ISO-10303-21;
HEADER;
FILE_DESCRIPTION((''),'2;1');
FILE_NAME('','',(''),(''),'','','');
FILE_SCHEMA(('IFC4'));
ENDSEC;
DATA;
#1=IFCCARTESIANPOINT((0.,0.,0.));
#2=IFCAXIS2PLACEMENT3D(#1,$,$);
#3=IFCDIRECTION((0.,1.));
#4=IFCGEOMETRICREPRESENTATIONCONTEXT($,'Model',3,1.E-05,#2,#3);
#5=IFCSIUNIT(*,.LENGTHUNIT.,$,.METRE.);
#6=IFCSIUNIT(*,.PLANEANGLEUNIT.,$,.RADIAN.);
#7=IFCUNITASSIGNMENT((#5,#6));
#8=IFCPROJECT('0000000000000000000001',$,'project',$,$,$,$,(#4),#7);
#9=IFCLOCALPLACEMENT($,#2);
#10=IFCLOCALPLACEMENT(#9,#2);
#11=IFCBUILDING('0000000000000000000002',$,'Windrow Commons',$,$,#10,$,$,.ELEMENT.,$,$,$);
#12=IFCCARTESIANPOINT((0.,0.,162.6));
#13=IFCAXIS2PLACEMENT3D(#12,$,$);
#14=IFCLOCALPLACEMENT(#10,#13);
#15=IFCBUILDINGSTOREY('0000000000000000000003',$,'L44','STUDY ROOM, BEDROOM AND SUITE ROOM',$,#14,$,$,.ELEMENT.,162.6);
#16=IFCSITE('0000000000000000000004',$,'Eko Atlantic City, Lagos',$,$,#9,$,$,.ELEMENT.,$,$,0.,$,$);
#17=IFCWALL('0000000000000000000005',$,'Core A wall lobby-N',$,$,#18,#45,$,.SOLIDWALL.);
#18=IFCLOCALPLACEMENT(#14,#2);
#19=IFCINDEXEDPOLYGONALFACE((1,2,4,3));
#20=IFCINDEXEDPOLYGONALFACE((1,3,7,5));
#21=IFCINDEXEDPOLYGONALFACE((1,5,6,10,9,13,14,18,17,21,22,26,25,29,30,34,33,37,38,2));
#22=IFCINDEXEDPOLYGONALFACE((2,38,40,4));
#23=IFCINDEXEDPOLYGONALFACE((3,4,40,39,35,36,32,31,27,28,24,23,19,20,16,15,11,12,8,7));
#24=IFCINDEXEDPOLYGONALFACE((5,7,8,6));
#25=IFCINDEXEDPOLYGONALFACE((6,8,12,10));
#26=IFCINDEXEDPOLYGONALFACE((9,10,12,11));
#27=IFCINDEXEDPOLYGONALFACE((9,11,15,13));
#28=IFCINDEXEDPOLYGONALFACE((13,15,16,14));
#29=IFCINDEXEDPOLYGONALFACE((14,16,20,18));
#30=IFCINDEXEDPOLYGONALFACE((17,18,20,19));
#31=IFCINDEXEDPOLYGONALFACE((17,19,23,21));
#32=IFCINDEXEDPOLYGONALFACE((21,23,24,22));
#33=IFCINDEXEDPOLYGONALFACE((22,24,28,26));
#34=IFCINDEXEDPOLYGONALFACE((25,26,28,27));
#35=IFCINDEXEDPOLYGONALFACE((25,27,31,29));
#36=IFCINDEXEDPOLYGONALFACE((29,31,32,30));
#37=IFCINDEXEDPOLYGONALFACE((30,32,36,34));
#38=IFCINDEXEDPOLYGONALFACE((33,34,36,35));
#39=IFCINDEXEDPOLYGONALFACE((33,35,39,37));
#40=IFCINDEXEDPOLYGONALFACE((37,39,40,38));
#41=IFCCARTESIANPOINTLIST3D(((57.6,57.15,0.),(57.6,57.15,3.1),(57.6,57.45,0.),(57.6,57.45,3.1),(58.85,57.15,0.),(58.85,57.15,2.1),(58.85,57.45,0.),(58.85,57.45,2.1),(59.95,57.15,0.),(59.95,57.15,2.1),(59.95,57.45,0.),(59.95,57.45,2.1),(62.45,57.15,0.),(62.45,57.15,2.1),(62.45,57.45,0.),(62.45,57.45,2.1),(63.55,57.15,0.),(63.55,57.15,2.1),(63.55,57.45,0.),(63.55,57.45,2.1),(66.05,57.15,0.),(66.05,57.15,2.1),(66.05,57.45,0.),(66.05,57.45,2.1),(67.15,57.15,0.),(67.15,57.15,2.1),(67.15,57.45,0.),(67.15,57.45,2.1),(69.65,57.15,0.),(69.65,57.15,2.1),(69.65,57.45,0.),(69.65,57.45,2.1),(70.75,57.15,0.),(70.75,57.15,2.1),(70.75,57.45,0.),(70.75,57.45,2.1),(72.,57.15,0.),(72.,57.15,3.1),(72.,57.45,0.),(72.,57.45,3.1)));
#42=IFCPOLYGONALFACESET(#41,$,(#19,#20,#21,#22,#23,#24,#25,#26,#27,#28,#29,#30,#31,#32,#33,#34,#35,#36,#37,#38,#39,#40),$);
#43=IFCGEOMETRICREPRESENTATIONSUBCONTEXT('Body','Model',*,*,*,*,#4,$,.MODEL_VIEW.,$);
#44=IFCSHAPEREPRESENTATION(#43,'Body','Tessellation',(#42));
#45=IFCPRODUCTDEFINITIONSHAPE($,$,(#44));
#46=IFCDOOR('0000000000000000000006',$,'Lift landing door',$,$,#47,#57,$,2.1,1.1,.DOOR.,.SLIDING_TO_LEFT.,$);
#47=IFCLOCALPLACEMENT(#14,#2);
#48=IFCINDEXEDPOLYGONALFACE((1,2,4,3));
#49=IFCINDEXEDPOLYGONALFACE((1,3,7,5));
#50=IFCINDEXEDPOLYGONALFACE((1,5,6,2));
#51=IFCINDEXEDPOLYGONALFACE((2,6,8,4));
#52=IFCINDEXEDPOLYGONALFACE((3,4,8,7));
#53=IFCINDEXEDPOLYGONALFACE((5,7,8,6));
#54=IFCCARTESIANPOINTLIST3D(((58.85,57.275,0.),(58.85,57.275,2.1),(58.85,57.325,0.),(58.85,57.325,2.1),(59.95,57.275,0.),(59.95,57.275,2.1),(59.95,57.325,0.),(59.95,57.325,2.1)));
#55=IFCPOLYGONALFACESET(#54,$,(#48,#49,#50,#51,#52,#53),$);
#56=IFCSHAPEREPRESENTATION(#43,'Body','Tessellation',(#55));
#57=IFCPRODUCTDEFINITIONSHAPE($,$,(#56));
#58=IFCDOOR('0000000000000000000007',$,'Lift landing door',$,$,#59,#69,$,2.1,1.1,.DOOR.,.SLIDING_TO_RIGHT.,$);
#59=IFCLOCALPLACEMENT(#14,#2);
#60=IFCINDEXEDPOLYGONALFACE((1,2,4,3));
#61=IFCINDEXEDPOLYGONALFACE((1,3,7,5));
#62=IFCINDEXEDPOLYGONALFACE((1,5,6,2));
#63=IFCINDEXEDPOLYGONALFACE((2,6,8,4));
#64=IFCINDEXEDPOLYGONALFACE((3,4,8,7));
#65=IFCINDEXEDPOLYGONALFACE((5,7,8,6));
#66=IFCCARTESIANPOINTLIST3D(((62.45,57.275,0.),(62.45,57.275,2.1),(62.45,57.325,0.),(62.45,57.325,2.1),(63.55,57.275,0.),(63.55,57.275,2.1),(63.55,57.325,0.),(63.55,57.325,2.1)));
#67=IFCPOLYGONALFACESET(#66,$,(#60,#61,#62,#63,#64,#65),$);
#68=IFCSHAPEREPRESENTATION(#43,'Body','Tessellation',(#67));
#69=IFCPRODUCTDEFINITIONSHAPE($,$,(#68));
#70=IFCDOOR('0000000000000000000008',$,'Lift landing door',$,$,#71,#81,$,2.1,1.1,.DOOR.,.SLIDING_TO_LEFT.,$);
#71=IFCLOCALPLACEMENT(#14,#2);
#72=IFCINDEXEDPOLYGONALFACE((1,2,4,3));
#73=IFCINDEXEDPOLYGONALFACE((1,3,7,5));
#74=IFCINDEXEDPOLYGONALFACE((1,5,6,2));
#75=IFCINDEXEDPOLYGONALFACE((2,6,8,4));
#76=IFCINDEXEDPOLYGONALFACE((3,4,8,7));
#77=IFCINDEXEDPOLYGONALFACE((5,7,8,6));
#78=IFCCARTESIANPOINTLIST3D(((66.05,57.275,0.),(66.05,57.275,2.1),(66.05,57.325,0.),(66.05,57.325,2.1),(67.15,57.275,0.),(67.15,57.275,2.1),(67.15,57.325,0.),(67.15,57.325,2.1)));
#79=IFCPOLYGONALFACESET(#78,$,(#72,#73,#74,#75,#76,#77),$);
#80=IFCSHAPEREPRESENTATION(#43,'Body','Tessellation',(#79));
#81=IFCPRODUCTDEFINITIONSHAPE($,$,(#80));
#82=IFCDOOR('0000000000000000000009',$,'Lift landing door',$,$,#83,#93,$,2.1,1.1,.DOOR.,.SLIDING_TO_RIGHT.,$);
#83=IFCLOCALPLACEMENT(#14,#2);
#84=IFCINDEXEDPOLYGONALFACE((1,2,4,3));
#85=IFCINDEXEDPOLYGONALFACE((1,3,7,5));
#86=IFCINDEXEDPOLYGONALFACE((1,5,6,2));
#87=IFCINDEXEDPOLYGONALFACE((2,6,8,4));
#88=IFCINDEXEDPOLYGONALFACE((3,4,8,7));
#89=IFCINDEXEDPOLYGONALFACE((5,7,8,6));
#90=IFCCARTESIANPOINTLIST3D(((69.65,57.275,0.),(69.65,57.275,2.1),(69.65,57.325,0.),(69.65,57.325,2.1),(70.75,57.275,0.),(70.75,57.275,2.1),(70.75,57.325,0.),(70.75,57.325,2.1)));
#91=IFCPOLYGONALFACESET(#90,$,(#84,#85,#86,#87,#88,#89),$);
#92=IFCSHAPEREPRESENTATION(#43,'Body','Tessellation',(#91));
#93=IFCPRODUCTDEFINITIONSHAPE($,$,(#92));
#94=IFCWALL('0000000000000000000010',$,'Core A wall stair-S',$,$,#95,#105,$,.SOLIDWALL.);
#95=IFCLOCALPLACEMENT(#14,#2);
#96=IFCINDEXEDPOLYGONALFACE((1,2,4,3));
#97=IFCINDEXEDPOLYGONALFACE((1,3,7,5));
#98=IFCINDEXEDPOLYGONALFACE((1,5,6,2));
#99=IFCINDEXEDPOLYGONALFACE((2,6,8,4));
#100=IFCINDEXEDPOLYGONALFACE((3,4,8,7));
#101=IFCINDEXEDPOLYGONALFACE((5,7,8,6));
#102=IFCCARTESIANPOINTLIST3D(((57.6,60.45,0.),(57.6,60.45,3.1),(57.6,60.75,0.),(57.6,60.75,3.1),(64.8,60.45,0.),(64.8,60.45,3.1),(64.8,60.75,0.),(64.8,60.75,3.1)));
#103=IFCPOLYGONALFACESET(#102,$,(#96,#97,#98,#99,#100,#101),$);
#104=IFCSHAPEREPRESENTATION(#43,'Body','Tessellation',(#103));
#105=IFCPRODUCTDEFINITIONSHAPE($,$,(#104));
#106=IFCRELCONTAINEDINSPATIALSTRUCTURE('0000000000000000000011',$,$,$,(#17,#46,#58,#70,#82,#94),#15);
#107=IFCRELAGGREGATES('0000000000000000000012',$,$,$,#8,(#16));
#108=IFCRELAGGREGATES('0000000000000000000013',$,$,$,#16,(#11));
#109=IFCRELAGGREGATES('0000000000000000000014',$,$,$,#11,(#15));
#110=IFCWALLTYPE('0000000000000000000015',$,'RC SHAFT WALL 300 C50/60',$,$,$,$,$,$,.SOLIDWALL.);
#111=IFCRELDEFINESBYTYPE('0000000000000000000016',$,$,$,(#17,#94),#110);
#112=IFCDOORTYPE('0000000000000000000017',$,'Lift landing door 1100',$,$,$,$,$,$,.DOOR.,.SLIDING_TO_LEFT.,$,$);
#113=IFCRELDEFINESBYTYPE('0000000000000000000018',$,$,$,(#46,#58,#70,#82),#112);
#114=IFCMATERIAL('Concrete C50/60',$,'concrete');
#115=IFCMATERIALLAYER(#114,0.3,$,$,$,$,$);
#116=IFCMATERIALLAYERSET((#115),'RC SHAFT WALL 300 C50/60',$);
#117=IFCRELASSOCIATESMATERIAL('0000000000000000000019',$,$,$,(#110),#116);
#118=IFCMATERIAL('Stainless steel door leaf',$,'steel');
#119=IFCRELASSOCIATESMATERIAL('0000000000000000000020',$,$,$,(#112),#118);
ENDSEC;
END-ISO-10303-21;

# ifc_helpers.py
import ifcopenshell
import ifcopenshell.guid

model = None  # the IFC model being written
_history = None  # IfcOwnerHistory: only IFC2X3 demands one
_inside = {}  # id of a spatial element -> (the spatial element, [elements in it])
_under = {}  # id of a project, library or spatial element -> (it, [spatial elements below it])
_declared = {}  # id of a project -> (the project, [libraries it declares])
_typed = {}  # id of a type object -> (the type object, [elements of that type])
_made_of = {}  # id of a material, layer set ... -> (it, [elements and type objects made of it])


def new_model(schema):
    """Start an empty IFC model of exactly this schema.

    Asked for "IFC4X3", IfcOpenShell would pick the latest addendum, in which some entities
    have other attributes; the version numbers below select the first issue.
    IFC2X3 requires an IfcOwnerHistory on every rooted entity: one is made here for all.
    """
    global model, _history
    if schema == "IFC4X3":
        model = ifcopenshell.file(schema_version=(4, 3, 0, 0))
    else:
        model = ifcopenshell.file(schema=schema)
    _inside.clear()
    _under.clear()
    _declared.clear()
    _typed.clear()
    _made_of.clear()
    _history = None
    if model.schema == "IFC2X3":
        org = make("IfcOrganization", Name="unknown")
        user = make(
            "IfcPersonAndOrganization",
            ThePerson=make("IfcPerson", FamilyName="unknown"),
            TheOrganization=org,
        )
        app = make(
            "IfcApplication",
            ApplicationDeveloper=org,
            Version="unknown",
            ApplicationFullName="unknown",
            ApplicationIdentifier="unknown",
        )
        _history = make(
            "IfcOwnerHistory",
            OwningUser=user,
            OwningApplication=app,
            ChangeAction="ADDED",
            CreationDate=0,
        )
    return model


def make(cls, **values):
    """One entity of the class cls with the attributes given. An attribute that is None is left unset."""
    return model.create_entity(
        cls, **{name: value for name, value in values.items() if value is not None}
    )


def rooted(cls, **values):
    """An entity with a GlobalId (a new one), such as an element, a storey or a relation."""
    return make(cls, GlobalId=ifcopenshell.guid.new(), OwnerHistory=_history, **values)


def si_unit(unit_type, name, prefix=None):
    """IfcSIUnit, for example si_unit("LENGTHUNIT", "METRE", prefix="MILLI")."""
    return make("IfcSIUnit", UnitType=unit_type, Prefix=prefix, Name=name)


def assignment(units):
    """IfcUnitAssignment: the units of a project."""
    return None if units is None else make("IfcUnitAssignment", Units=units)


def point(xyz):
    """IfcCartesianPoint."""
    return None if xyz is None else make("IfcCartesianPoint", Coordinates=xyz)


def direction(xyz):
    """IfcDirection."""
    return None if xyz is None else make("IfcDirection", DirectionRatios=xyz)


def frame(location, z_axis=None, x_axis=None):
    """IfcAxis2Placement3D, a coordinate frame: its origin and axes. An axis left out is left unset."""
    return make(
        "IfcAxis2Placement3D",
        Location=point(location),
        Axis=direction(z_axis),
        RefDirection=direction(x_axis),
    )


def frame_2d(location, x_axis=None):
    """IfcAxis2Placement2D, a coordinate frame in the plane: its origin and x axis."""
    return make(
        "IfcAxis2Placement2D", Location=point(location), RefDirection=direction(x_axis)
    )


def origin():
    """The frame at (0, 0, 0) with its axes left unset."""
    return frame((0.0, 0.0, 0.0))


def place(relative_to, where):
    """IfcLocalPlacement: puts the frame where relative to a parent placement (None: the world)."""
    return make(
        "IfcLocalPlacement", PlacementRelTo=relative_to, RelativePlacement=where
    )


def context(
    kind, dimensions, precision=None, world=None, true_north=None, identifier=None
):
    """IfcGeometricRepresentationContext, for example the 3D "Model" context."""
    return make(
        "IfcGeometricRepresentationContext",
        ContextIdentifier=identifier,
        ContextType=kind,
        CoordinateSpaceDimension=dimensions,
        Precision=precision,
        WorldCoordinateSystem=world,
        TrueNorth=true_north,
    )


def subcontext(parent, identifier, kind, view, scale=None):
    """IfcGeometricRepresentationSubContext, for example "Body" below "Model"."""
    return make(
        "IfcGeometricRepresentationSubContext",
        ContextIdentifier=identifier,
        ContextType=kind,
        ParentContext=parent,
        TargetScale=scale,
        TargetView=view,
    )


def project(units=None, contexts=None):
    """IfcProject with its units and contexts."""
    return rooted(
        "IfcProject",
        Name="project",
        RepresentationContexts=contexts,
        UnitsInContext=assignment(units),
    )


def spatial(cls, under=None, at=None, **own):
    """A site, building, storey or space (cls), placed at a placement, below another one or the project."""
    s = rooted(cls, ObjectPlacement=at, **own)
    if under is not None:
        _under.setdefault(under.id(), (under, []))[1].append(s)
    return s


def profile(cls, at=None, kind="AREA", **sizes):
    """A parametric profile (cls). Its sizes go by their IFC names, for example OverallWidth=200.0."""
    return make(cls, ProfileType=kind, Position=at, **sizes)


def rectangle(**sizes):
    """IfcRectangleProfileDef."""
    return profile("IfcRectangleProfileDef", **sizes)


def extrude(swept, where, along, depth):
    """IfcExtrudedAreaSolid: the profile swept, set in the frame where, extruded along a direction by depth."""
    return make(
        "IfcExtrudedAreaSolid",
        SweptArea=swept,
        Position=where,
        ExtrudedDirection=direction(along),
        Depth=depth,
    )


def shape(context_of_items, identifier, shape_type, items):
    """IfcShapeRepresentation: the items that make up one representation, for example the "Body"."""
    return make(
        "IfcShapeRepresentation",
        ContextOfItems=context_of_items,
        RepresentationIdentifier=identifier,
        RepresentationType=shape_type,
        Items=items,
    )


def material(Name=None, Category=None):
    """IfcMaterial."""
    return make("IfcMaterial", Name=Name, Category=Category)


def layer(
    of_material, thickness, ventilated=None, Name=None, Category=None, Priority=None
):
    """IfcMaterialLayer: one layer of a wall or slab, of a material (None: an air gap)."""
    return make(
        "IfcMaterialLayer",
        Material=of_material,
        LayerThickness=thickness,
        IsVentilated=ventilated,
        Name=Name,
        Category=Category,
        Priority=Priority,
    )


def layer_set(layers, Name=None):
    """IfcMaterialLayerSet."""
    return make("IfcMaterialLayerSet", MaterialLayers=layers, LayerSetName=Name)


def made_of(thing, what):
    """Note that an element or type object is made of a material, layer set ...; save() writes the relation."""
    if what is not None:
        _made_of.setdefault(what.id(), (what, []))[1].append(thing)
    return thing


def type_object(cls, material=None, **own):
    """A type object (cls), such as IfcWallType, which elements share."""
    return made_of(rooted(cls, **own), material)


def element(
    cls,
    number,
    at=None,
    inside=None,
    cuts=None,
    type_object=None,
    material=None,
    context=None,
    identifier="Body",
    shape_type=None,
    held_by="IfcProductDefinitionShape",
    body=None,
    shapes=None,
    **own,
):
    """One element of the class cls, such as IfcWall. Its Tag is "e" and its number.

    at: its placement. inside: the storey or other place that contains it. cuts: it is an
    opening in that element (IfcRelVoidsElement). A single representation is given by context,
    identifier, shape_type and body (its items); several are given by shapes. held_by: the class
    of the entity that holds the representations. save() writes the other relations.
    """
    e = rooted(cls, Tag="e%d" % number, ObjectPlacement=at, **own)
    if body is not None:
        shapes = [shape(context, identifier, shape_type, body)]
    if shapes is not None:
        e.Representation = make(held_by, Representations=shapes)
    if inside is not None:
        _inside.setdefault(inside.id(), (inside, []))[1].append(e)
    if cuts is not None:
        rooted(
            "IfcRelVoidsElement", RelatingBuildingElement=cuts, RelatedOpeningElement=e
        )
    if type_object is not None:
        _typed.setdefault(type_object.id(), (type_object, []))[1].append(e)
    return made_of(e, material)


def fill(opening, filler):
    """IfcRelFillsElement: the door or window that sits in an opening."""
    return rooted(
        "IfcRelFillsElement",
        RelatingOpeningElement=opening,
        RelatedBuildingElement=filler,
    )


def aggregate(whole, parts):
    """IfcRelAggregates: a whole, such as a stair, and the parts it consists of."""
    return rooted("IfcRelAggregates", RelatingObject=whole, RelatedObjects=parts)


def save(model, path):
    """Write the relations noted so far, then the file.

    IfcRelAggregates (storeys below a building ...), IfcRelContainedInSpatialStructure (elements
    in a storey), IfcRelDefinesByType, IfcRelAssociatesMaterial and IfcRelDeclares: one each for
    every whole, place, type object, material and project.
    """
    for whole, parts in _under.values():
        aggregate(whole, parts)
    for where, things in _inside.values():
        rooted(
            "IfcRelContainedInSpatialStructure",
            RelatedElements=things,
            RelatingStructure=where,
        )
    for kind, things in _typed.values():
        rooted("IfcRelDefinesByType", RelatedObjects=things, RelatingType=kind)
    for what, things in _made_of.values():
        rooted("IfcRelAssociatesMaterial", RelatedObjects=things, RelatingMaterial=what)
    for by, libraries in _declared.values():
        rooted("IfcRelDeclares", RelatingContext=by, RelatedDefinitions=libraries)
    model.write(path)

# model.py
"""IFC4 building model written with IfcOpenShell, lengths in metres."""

from ifc_helpers import new_model, si_unit, direction, frame, frame_2d, origin, place, context, subcontext, project, spatial, rectangle, extrude, material, layer, layer_set, type_object, element, fill, save


model = new_model("IFC4")

# Units and contexts
model_context = context("Model", 3, precision=1e-05, world=origin(), true_north=direction((0.0, 1.0)))
body_context = subcontext(model_context, "Body", "Model", "MODEL_VIEW")
ifc_project = project(units=[si_unit("LENGTHUNIT", "METRE"), si_unit("PLANEANGLEUNIT", "RADIAN")], contexts=[model_context])

# Site, building, storey
site_placement = place(None, origin())
site = spatial("IfcSite", under=ifc_project, at=site_placement, Name="Eko Atlantic City, Lagos", CompositionType="ELEMENT", RefElevation=0.0)
building_placement = place(site_placement, origin())
building = spatial("IfcBuilding", under=site, at=building_placement, Name="Windrow Commons", CompositionType="ELEMENT")
storey_placement = place(building_placement, frame((0.0, 0.0, 162.6)))
storey = spatial("IfcBuildingStorey", under=building, at=storey_placement, Name="L44", Description="STUDY ROOM, BEDROOM AND SUITE ROOM", CompositionType="ELEMENT", Elevation=162.6)

# Wall, openings, doors
ifc_material_1 = material(Name="Concrete C50/60", Category="concrete")
ifc_layer_1 = layer(ifc_material_1, 0.3)
ifc_layer_set_1 = layer_set([ifc_layer_1], Name="RC SHAFT WALL 300 C50/60")
wall_type_1 = type_object("IfcWallType", Name="RC SHAFT WALL 300 C50/60", PredefinedType="SOLIDWALL", material=ifc_layer_set_1)
ifc_material_2 = material(Name="Stainless steel door leaf", Category="steel")
door_type_1 = type_object("IfcDoorType", Name="Lift landing door 1100", OperationType="SLIDING_TO_LEFT", PredefinedType="DOOR", material=ifc_material_2)
wall_1_placement = place(storey_placement, frame((57.6, 57.3, 0.0), z_axis=(0.0, 0.0, 1.0), x_axis=(1.0, 0.0, 0.0)))
wall_1 = element("IfcWall", 1, at=wall_1_placement, inside=storey, type_object=wall_type_1, Name="Core A wall lobby-N", PredefinedType="SOLIDWALL", context=body_context, shape_type="SweptSolid", body=[
    extrude(rectangle(XDim=14.4, YDim=0.3, at=frame_2d((7.2, 0.0))), origin(), (0.0, 0.0, 1.0), 3.1),
])
opening_1_placement = place(wall_1_placement, frame((1.25, 0.0, 0.0)))
opening_1 = element("IfcOpeningElement", 2, at=opening_1_placement, cuts=wall_1, PredefinedType="OPENING", context=body_context, shape_type="SweptSolid", body=[
    extrude(rectangle(XDim=1.1, YDim=2.1, at=frame_2d((0.55, 1.05))), frame((0.0, 0.16, 0.0), z_axis=(0.0, -1.0, 0.0), x_axis=(1.0, 0.0, 0.0)), (0.0, 0.0, 1.0), 0.32),
])
opening_2_placement = place(wall_1_placement, frame((4.85, 0.0, 0.0)))
opening_2 = element("IfcOpeningElement", 3, at=opening_2_placement, cuts=wall_1, PredefinedType="OPENING", context=body_context, shape_type="SweptSolid", body=[
    extrude(rectangle(XDim=1.1, YDim=2.1, at=frame_2d((0.55, 1.05))), frame((0.0, 0.16, 0.0), z_axis=(0.0, -1.0, 0.0), x_axis=(1.0, 0.0, 0.0)), (0.0, 0.0, 1.0), 0.32),
])
opening_3_placement = place(wall_1_placement, frame((8.45, 0.0, 0.0)))
opening_3 = element("IfcOpeningElement", 4, at=opening_3_placement, cuts=wall_1, PredefinedType="OPENING", context=body_context, shape_type="SweptSolid", body=[
    extrude(rectangle(XDim=1.1, YDim=2.1, at=frame_2d((0.55, 1.05))), frame((0.0, 0.16, 0.0), z_axis=(0.0, -1.0, 0.0), x_axis=(1.0, 0.0, 0.0)), (0.0, 0.0, 1.0), 0.32),
])
opening_4_placement = place(wall_1_placement, frame((12.05, 0.0, 0.0)))
opening_4 = element("IfcOpeningElement", 5, at=opening_4_placement, cuts=wall_1, PredefinedType="OPENING", context=body_context, shape_type="SweptSolid", body=[
    extrude(rectangle(XDim=1.1, YDim=2.1, at=frame_2d((0.55, 1.05))), frame((0.0, 0.16, 0.0), z_axis=(0.0, -1.0, 0.0), x_axis=(1.0, 0.0, 0.0)), (0.0, 0.0, 1.0), 0.32),
])
door_1_placement = place(opening_1_placement, origin())
door_1 = element("IfcDoor", 6, at=door_1_placement, inside=storey, type_object=door_type_1, Name="Lift landing door", OperationType="SLIDING_TO_LEFT", OverallHeight=2.1, OverallWidth=1.1, PredefinedType="DOOR", context=body_context, shape_type="SweptSolid", body=[
    extrude(rectangle(XDim=1.1, YDim=2.1, at=frame_2d((0.55, 1.05))), frame((0.0, 0.025, 0.0), z_axis=(0.0, -1.0, 0.0), x_axis=(1.0, 0.0, 0.0)), (0.0, 0.0, 1.0), 0.05),
])
fill(opening_1, door_1)
door_2_placement = place(opening_2_placement, origin())
door_2 = element("IfcDoor", 7, at=door_2_placement, inside=storey, type_object=door_type_1, Name="Lift landing door", OperationType="SLIDING_TO_RIGHT", OverallHeight=2.1, OverallWidth=1.1, PredefinedType="DOOR", context=body_context, shape_type="SweptSolid", body=[
    extrude(rectangle(XDim=1.1, YDim=2.1, at=frame_2d((0.55, 1.05))), frame((0.0, 0.025, 0.0), z_axis=(0.0, -1.0, 0.0), x_axis=(1.0, 0.0, 0.0)), (0.0, 0.0, 1.0), 0.05),
])
fill(opening_2, door_2)
door_3_placement = place(opening_3_placement, origin())
door_3 = element("IfcDoor", 8, at=door_3_placement, inside=storey, type_object=door_type_1, Name="Lift landing door", OperationType="SLIDING_TO_LEFT", OverallHeight=2.1, OverallWidth=1.1, PredefinedType="DOOR", context=body_context, shape_type="SweptSolid", body=[
    extrude(rectangle(XDim=1.1, YDim=2.1, at=frame_2d((0.55, 1.05))), frame((0.0, 0.025, 0.0), z_axis=(0.0, -1.0, 0.0), x_axis=(1.0, 0.0, 0.0)), (0.0, 0.0, 1.0), 0.05),
])
fill(opening_3, door_3)
door_4_placement = place(opening_4_placement, origin())
door_4 = element("IfcDoor", 9, at=door_4_placement, inside=storey, type_object=door_type_1, Name="Lift landing door", OperationType="SLIDING_TO_RIGHT", OverallHeight=2.1, OverallWidth=1.1, PredefinedType="DOOR", context=body_context, shape_type="SweptSolid", body=[
    extrude(rectangle(XDim=1.1, YDim=2.1, at=frame_2d((0.55, 1.05))), frame((0.0, 0.025, 0.0), z_axis=(0.0, -1.0, 0.0), x_axis=(1.0, 0.0, 0.0)), (0.0, 0.0, 1.0), 0.05),
])
fill(opening_4, door_4)

# Wall
wall_2_placement = place(storey_placement, frame((57.6, 60.6, 0.0), z_axis=(0.0, 0.0, 1.0), x_axis=(1.0, 0.0, 0.0)))
element("IfcWall", 10, at=wall_2_placement, inside=storey, type_object=wall_type_1, Name="Core A wall stair-S", PredefinedType="SOLIDWALL", context=body_context, shape_type="SweptSolid", body=[
    extrude(rectangle(XDim=7.2, YDim=0.3, at=frame_2d((3.6, 0.0))), origin(), (0.0, 0.0, 1.0), 3.1),
])

save(model, "model.ifc")
